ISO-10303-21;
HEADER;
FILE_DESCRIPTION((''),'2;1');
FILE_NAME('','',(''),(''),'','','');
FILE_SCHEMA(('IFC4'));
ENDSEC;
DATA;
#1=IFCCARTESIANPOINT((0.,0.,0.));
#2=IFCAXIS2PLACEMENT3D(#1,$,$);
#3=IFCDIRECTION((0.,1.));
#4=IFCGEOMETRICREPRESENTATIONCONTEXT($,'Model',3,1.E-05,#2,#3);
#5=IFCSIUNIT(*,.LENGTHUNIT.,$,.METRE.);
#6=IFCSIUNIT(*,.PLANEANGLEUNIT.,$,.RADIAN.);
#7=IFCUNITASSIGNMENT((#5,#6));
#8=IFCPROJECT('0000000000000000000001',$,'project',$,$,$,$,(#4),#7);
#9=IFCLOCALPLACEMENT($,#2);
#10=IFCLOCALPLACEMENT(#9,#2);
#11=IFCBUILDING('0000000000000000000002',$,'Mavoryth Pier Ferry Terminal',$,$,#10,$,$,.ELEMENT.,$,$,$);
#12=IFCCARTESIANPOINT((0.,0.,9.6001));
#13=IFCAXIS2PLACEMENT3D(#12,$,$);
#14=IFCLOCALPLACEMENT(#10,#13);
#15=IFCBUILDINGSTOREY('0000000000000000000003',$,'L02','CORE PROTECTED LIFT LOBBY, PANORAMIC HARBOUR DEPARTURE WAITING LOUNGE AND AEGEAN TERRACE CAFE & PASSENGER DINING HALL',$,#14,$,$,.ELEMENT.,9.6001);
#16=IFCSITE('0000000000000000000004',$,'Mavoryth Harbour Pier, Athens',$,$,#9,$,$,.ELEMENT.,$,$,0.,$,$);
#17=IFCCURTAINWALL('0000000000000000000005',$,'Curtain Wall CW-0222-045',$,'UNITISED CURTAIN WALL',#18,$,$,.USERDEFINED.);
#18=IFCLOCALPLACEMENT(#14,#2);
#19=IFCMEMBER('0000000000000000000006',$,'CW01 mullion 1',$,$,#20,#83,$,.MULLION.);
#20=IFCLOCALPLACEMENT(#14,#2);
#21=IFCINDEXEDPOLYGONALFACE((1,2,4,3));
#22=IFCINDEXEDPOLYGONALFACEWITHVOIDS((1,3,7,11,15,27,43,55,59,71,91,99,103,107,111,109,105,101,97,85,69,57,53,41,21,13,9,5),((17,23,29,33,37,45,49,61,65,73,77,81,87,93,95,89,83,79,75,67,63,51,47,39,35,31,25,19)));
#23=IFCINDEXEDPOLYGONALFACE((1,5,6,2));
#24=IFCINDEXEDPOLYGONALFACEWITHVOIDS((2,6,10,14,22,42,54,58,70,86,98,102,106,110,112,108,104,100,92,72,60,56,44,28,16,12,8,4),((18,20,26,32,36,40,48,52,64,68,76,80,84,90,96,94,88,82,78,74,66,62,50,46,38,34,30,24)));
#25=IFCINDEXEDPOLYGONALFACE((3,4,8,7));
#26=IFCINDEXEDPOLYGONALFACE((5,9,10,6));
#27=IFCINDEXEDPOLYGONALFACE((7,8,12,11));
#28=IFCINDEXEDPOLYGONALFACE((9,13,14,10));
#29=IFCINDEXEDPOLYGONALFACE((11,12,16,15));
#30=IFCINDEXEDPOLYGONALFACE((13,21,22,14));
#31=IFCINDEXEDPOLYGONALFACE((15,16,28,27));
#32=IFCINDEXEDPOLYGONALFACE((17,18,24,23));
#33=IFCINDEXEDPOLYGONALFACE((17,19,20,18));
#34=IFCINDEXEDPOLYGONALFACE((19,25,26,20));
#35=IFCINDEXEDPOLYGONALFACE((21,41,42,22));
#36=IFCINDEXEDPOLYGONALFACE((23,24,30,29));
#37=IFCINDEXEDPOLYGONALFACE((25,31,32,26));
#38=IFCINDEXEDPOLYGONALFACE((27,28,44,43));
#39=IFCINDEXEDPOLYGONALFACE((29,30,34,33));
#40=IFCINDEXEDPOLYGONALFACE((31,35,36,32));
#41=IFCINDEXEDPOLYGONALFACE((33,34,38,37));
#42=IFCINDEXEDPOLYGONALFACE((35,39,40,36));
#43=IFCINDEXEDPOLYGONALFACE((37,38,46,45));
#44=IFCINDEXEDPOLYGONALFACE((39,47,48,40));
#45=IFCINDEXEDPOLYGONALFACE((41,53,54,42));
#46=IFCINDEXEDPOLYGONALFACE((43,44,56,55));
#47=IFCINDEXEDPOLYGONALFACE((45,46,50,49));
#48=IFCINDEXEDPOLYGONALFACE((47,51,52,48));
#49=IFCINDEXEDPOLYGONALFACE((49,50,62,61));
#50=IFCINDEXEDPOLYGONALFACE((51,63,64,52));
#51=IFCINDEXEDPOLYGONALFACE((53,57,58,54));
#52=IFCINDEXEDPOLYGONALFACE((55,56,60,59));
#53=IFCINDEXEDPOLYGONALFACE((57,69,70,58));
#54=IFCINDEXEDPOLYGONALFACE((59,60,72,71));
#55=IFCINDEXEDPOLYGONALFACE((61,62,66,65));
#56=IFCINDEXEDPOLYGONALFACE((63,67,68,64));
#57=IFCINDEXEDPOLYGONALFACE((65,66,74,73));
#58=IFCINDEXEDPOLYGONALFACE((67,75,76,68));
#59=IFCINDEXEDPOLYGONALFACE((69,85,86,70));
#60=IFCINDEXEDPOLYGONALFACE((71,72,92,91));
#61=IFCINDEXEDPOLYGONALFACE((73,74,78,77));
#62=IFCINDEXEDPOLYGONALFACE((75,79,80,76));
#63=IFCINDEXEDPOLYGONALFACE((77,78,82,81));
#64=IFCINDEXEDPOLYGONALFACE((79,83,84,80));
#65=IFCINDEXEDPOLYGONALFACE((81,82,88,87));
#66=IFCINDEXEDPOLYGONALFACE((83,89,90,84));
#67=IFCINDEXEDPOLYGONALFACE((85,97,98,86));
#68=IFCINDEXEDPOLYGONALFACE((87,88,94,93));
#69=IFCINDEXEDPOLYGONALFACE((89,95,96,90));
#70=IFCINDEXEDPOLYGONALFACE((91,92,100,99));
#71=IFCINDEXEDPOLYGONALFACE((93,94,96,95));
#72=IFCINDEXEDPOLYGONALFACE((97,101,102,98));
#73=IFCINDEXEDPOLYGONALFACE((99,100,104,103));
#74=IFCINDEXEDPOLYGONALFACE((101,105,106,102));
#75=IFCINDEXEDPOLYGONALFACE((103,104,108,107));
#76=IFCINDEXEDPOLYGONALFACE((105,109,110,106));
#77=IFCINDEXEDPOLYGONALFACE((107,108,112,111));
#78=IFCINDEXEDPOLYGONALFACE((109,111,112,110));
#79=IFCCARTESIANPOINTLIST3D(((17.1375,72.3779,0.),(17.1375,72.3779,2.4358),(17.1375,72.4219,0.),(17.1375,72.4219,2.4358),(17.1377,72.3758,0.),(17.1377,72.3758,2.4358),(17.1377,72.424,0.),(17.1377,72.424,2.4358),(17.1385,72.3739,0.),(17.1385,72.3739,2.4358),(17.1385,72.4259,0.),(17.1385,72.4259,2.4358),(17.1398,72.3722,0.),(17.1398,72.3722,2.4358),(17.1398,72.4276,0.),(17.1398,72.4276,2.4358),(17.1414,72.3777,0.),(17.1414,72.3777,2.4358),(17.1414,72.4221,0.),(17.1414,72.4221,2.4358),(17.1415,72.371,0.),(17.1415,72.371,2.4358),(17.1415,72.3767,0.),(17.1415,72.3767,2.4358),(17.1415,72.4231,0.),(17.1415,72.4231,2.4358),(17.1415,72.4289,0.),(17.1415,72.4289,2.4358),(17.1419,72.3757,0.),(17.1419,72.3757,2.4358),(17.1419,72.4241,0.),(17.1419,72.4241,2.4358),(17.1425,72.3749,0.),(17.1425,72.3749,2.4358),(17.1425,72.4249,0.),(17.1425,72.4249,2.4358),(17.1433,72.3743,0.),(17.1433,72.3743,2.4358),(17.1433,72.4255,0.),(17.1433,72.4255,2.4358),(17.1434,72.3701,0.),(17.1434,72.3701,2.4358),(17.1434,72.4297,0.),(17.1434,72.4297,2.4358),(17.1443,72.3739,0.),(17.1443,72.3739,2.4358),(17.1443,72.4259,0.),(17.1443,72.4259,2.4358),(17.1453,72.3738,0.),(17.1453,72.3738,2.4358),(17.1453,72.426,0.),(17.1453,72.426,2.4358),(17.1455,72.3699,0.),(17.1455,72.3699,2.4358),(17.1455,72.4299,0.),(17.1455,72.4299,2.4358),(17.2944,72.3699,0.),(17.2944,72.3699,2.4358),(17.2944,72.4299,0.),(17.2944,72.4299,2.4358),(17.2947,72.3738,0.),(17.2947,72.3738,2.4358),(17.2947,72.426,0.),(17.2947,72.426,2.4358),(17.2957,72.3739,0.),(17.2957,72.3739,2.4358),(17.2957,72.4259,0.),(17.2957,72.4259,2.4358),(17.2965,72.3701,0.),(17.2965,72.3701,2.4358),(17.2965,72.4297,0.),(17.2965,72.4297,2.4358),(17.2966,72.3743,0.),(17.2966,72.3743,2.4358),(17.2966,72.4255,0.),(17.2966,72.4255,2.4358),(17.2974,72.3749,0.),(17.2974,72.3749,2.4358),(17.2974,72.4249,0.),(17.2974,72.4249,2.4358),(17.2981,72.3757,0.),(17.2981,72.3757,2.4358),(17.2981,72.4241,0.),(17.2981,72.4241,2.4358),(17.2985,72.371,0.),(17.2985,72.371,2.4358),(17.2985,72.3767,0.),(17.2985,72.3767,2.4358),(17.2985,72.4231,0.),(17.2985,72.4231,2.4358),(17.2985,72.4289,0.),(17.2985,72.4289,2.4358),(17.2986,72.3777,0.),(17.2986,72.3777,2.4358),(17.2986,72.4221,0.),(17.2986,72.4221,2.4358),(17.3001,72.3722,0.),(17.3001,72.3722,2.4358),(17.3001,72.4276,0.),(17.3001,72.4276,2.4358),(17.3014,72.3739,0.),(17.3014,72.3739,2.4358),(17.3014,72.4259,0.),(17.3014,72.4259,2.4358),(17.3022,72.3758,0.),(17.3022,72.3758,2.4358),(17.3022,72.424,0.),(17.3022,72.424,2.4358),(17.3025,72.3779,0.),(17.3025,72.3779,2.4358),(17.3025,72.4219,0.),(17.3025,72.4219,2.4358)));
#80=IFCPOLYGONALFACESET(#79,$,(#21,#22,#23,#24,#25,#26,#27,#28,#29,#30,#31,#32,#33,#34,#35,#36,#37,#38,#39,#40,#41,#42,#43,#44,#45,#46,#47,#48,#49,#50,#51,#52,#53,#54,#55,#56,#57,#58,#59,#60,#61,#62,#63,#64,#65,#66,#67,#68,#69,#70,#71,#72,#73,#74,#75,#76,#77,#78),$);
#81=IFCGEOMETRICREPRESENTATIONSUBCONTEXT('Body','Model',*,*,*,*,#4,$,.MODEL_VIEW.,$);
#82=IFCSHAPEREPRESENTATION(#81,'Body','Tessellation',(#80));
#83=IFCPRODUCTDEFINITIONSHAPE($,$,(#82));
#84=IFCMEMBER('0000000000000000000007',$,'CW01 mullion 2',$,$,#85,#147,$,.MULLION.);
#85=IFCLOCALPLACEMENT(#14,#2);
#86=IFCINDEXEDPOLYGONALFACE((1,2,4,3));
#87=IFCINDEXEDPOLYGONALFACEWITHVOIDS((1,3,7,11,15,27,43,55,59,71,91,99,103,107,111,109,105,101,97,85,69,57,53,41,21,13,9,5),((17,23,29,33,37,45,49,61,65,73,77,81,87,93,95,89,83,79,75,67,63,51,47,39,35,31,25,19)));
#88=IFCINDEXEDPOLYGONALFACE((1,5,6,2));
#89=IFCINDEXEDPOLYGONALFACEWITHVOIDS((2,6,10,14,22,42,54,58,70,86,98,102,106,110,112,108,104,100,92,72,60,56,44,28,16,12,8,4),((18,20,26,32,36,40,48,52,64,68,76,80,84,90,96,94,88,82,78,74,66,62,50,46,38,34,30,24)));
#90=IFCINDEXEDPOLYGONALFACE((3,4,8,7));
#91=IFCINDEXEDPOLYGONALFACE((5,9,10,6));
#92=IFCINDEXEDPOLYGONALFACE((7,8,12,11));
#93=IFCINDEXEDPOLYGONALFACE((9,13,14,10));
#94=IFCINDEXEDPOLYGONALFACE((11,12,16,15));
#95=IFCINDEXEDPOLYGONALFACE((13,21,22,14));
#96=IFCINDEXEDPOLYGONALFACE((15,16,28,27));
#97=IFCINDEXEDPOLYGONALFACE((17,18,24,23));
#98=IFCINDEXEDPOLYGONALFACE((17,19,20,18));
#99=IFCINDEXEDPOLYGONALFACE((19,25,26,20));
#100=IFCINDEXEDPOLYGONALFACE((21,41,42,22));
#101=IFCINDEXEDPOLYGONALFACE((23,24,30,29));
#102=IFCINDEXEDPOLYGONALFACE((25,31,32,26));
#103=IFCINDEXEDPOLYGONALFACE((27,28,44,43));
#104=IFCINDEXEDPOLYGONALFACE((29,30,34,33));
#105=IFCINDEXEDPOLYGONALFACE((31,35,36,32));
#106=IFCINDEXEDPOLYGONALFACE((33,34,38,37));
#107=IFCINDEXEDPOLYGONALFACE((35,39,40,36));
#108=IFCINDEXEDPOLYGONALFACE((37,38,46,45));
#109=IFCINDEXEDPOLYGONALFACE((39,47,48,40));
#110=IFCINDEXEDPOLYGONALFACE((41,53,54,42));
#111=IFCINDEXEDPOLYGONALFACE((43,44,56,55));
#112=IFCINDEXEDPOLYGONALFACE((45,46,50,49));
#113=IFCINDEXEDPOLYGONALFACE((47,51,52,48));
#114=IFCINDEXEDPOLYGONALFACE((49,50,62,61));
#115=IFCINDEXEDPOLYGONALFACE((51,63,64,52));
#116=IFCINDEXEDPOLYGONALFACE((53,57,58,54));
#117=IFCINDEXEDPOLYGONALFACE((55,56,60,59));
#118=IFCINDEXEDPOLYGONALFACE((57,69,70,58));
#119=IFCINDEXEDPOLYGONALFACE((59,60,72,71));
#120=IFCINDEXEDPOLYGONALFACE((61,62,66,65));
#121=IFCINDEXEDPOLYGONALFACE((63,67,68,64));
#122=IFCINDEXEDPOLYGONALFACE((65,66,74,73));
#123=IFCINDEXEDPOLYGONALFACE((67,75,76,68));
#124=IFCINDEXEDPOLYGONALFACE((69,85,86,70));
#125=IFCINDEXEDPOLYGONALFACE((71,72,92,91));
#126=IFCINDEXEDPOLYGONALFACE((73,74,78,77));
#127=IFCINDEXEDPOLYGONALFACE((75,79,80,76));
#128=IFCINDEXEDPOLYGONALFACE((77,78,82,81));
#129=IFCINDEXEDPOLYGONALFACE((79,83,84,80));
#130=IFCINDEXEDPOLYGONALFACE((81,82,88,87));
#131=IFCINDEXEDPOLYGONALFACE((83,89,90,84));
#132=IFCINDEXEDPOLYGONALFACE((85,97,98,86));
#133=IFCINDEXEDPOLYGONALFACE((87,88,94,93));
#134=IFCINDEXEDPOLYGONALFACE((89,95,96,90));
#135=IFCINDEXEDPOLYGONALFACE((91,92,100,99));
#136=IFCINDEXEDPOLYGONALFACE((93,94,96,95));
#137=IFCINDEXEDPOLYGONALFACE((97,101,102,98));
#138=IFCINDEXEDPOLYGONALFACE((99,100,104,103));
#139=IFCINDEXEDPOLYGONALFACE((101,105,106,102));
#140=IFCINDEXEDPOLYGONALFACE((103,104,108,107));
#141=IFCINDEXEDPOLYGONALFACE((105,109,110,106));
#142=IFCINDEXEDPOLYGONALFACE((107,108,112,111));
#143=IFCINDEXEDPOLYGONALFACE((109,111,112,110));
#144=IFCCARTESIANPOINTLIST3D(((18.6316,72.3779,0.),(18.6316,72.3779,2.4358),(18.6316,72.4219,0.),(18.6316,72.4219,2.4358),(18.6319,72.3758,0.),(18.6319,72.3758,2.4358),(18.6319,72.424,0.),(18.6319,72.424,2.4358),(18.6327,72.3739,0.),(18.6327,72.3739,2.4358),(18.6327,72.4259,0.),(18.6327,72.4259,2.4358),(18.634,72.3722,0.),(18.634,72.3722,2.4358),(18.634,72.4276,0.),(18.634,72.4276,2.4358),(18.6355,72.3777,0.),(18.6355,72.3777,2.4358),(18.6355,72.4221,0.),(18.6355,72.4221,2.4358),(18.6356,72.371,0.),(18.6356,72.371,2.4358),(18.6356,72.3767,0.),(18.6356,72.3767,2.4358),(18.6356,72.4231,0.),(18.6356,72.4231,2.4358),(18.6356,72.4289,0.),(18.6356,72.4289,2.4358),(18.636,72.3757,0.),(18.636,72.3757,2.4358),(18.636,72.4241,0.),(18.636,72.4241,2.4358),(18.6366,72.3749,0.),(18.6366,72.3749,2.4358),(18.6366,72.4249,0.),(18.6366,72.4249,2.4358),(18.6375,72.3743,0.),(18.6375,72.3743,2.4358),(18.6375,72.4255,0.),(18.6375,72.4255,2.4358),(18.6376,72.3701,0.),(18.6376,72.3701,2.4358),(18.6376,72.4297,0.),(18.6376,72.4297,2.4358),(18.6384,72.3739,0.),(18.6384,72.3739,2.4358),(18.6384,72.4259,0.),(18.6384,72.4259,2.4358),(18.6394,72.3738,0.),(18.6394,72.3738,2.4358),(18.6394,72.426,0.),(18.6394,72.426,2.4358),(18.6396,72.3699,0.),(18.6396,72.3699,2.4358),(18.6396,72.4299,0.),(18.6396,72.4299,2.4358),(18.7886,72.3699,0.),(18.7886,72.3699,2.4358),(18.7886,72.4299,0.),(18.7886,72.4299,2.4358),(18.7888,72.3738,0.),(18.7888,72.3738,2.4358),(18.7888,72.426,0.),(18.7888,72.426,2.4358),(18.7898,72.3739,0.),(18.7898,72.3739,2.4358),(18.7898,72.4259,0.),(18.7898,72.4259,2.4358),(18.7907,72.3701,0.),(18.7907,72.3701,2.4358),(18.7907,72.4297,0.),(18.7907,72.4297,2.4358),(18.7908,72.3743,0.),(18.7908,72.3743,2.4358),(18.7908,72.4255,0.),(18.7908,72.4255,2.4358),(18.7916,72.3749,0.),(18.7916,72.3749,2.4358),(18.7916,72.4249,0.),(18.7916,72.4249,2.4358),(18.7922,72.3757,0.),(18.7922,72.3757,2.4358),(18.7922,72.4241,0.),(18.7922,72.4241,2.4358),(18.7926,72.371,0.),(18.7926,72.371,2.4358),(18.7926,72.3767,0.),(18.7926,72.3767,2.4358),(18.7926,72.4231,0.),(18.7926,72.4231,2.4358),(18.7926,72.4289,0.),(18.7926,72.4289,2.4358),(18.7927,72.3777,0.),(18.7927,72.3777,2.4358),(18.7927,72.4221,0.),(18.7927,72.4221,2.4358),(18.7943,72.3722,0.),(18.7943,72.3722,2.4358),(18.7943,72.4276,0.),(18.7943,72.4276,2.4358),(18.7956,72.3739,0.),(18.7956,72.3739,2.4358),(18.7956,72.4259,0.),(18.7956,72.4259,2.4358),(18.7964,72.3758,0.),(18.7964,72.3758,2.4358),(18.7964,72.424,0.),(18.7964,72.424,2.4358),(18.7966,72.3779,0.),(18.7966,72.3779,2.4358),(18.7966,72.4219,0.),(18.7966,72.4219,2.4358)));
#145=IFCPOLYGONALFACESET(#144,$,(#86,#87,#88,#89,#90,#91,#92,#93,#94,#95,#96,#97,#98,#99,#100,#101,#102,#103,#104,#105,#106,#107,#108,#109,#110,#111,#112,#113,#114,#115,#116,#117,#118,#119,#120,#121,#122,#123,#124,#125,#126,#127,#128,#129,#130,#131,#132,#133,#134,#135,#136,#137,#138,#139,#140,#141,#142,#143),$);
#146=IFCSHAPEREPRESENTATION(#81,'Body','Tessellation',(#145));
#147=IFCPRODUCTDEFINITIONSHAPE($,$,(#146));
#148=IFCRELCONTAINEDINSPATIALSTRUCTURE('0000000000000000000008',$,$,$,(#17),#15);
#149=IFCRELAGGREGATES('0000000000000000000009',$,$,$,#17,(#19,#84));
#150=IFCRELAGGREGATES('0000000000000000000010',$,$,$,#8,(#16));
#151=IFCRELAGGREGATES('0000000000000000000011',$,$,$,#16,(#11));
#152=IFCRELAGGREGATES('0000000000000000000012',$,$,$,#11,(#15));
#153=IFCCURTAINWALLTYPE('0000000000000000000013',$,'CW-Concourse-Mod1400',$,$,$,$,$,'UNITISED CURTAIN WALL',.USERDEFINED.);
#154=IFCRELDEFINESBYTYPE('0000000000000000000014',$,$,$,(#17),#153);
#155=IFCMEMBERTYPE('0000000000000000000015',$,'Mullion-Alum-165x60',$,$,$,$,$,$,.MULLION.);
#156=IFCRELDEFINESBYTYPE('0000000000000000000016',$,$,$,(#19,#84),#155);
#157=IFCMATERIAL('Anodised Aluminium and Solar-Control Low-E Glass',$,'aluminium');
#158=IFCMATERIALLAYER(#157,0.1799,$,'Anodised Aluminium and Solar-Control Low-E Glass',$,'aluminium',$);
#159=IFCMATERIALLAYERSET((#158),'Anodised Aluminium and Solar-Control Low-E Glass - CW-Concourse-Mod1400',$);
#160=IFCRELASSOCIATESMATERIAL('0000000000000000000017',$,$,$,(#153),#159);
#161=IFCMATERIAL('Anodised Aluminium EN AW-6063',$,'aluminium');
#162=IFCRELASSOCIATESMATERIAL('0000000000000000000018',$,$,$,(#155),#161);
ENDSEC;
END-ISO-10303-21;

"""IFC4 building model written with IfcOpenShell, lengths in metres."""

from ifc_helpers import new_model, si_unit, direction, frame, origin, origin_2d, place, context, subcontext, project, spatial, hollow_rectangle, extrude, material, layer, layer_set, material_profile, profile_set, type_object, element, aggregate, save


model = new_model("IFC4")

# Units and contexts
model_context = context("Model", 3, precision=1e-05, world=origin(), true_north=direction((0.0, 1.0)))
body_context = subcontext(model_context, "Body", "Model", "MODEL_VIEW")
ifc_project = project(units=[si_unit("LENGTHUNIT", "METRE"), si_unit("PLANEANGLEUNIT", "RADIAN")], contexts=[model_context])

# Site, building, storey
site_placement = place(None, origin())
site = spatial("IfcSite", under=ifc_project, at=site_placement, Name="Mavoryth Harbour Pier, Athens", CompositionType="ELEMENT", RefElevation=0.0)
building_placement = place(site_placement, origin())
building = spatial("IfcBuilding", under=site, at=building_placement, Name="Mavoryth Pier Ferry Terminal", CompositionType="ELEMENT")
storey_placement = place(building_placement, frame((0.0, 0.0, 9.6001)))
storey = spatial("IfcBuildingStorey", under=building, at=storey_placement, Name="L02", Description="CORE PROTECTED LIFT LOBBY, PANORAMIC HARBOUR DEPARTURE WAITING LOUNGE AND AEGEAN TERRACE CAFE & PASSENGER DINING HALL", CompositionType="ELEMENT", Elevation=9.6001)

# Curtain wall, members
ifc_material_1 = material(Name="Anodised Aluminium and Solar-Control Low-E Glass", Category="aluminium")
ifc_layer_1 = layer(ifc_material_1, 0.1799, Name="Anodised Aluminium and Solar-Control Low-E Glass", Category="aluminium")
ifc_layer_set_1 = layer_set([ifc_layer_1], Name="Anodised Aluminium and Solar-Control Low-E Glass - CW-Concourse-Mod1400")
curtain_wall_type = type_object("IfcCurtainWallType", Name="CW-Concourse-Mod1400", ElementType="UNITISED CURTAIN WALL", PredefinedType="USERDEFINED", material=ifc_layer_set_1)
curtain_wall_placement = place(storey_placement, origin())
curtain_wall = element("IfcCurtainWall", 1, at=curtain_wall_placement, inside=storey, type_object=curtain_wall_type, Name="Curtain Wall CW-0222-045", ObjectType="UNITISED CURTAIN WALL", PredefinedType="USERDEFINED")
ifc_material_2 = material(Name="Anodised Aluminium EN AW-6063", Category="aluminium")
ifc_material_profile_1 = material_profile(ifc_material_2, hollow_rectangle(XDim=0.0601, YDim=0.165, WallThickness=0.0039, InnerFilletRadius=0.0039, OuterFilletRadius=0.0081, at=origin_2d()), Name="AL-MULL 165x60x4", Category="aluminium")
ifc_profile_set_1 = profile_set([ifc_material_profile_1], Name="Anodised Aluminium EN AW-6063 - AL-MULL 165x60x4")
member_type_1 = type_object("IfcMemberType", Name="Mullion-Alum-165x60", PredefinedType="MULLION", material=ifc_profile_set_1)
member_1_placement = place(storey_placement, frame((17.22, 72.3999, 0.0), z_axis=(0.0, 0.0, 1.0), x_axis=(0.0, 1.0, 0.0)))
member_1 = element("IfcMember", 2, at=member_1_placement, type_object=member_type_1, Name="CW01 mullion 1", PredefinedType="MULLION", context=body_context, shape_type="SweptSolid", body=[
    extrude(hollow_rectangle(XDim=0.0601, YDim=0.165, WallThickness=0.0039, InnerFilletRadius=0.0039, OuterFilletRadius=0.0081, at=origin_2d()), origin(), (0.0, 0.0, 1.0), 2.4358),
])
member_2_placement = place(storey_placement, frame((18.7141, 72.3999, 0.0), z_axis=(0.0, 0.0, 1.0), x_axis=(0.0, 1.0, 0.0)))
member_2 = element("IfcMember", 3, at=member_2_placement, type_object=member_type_1, Name="CW01 mullion 2", PredefinedType="MULLION", context=body_context, shape_type="SweptSolid", body=[
    extrude(hollow_rectangle(XDim=0.0601, YDim=0.165, WallThickness=0.0039, InnerFilletRadius=0.0039, OuterFilletRadius=0.0081, at=origin_2d()), origin(), (0.0, 0.0, 1.0), 2.4358),
])

aggregate(curtain_wall, [member_1, member_2])

save(model, "model.ifc")
